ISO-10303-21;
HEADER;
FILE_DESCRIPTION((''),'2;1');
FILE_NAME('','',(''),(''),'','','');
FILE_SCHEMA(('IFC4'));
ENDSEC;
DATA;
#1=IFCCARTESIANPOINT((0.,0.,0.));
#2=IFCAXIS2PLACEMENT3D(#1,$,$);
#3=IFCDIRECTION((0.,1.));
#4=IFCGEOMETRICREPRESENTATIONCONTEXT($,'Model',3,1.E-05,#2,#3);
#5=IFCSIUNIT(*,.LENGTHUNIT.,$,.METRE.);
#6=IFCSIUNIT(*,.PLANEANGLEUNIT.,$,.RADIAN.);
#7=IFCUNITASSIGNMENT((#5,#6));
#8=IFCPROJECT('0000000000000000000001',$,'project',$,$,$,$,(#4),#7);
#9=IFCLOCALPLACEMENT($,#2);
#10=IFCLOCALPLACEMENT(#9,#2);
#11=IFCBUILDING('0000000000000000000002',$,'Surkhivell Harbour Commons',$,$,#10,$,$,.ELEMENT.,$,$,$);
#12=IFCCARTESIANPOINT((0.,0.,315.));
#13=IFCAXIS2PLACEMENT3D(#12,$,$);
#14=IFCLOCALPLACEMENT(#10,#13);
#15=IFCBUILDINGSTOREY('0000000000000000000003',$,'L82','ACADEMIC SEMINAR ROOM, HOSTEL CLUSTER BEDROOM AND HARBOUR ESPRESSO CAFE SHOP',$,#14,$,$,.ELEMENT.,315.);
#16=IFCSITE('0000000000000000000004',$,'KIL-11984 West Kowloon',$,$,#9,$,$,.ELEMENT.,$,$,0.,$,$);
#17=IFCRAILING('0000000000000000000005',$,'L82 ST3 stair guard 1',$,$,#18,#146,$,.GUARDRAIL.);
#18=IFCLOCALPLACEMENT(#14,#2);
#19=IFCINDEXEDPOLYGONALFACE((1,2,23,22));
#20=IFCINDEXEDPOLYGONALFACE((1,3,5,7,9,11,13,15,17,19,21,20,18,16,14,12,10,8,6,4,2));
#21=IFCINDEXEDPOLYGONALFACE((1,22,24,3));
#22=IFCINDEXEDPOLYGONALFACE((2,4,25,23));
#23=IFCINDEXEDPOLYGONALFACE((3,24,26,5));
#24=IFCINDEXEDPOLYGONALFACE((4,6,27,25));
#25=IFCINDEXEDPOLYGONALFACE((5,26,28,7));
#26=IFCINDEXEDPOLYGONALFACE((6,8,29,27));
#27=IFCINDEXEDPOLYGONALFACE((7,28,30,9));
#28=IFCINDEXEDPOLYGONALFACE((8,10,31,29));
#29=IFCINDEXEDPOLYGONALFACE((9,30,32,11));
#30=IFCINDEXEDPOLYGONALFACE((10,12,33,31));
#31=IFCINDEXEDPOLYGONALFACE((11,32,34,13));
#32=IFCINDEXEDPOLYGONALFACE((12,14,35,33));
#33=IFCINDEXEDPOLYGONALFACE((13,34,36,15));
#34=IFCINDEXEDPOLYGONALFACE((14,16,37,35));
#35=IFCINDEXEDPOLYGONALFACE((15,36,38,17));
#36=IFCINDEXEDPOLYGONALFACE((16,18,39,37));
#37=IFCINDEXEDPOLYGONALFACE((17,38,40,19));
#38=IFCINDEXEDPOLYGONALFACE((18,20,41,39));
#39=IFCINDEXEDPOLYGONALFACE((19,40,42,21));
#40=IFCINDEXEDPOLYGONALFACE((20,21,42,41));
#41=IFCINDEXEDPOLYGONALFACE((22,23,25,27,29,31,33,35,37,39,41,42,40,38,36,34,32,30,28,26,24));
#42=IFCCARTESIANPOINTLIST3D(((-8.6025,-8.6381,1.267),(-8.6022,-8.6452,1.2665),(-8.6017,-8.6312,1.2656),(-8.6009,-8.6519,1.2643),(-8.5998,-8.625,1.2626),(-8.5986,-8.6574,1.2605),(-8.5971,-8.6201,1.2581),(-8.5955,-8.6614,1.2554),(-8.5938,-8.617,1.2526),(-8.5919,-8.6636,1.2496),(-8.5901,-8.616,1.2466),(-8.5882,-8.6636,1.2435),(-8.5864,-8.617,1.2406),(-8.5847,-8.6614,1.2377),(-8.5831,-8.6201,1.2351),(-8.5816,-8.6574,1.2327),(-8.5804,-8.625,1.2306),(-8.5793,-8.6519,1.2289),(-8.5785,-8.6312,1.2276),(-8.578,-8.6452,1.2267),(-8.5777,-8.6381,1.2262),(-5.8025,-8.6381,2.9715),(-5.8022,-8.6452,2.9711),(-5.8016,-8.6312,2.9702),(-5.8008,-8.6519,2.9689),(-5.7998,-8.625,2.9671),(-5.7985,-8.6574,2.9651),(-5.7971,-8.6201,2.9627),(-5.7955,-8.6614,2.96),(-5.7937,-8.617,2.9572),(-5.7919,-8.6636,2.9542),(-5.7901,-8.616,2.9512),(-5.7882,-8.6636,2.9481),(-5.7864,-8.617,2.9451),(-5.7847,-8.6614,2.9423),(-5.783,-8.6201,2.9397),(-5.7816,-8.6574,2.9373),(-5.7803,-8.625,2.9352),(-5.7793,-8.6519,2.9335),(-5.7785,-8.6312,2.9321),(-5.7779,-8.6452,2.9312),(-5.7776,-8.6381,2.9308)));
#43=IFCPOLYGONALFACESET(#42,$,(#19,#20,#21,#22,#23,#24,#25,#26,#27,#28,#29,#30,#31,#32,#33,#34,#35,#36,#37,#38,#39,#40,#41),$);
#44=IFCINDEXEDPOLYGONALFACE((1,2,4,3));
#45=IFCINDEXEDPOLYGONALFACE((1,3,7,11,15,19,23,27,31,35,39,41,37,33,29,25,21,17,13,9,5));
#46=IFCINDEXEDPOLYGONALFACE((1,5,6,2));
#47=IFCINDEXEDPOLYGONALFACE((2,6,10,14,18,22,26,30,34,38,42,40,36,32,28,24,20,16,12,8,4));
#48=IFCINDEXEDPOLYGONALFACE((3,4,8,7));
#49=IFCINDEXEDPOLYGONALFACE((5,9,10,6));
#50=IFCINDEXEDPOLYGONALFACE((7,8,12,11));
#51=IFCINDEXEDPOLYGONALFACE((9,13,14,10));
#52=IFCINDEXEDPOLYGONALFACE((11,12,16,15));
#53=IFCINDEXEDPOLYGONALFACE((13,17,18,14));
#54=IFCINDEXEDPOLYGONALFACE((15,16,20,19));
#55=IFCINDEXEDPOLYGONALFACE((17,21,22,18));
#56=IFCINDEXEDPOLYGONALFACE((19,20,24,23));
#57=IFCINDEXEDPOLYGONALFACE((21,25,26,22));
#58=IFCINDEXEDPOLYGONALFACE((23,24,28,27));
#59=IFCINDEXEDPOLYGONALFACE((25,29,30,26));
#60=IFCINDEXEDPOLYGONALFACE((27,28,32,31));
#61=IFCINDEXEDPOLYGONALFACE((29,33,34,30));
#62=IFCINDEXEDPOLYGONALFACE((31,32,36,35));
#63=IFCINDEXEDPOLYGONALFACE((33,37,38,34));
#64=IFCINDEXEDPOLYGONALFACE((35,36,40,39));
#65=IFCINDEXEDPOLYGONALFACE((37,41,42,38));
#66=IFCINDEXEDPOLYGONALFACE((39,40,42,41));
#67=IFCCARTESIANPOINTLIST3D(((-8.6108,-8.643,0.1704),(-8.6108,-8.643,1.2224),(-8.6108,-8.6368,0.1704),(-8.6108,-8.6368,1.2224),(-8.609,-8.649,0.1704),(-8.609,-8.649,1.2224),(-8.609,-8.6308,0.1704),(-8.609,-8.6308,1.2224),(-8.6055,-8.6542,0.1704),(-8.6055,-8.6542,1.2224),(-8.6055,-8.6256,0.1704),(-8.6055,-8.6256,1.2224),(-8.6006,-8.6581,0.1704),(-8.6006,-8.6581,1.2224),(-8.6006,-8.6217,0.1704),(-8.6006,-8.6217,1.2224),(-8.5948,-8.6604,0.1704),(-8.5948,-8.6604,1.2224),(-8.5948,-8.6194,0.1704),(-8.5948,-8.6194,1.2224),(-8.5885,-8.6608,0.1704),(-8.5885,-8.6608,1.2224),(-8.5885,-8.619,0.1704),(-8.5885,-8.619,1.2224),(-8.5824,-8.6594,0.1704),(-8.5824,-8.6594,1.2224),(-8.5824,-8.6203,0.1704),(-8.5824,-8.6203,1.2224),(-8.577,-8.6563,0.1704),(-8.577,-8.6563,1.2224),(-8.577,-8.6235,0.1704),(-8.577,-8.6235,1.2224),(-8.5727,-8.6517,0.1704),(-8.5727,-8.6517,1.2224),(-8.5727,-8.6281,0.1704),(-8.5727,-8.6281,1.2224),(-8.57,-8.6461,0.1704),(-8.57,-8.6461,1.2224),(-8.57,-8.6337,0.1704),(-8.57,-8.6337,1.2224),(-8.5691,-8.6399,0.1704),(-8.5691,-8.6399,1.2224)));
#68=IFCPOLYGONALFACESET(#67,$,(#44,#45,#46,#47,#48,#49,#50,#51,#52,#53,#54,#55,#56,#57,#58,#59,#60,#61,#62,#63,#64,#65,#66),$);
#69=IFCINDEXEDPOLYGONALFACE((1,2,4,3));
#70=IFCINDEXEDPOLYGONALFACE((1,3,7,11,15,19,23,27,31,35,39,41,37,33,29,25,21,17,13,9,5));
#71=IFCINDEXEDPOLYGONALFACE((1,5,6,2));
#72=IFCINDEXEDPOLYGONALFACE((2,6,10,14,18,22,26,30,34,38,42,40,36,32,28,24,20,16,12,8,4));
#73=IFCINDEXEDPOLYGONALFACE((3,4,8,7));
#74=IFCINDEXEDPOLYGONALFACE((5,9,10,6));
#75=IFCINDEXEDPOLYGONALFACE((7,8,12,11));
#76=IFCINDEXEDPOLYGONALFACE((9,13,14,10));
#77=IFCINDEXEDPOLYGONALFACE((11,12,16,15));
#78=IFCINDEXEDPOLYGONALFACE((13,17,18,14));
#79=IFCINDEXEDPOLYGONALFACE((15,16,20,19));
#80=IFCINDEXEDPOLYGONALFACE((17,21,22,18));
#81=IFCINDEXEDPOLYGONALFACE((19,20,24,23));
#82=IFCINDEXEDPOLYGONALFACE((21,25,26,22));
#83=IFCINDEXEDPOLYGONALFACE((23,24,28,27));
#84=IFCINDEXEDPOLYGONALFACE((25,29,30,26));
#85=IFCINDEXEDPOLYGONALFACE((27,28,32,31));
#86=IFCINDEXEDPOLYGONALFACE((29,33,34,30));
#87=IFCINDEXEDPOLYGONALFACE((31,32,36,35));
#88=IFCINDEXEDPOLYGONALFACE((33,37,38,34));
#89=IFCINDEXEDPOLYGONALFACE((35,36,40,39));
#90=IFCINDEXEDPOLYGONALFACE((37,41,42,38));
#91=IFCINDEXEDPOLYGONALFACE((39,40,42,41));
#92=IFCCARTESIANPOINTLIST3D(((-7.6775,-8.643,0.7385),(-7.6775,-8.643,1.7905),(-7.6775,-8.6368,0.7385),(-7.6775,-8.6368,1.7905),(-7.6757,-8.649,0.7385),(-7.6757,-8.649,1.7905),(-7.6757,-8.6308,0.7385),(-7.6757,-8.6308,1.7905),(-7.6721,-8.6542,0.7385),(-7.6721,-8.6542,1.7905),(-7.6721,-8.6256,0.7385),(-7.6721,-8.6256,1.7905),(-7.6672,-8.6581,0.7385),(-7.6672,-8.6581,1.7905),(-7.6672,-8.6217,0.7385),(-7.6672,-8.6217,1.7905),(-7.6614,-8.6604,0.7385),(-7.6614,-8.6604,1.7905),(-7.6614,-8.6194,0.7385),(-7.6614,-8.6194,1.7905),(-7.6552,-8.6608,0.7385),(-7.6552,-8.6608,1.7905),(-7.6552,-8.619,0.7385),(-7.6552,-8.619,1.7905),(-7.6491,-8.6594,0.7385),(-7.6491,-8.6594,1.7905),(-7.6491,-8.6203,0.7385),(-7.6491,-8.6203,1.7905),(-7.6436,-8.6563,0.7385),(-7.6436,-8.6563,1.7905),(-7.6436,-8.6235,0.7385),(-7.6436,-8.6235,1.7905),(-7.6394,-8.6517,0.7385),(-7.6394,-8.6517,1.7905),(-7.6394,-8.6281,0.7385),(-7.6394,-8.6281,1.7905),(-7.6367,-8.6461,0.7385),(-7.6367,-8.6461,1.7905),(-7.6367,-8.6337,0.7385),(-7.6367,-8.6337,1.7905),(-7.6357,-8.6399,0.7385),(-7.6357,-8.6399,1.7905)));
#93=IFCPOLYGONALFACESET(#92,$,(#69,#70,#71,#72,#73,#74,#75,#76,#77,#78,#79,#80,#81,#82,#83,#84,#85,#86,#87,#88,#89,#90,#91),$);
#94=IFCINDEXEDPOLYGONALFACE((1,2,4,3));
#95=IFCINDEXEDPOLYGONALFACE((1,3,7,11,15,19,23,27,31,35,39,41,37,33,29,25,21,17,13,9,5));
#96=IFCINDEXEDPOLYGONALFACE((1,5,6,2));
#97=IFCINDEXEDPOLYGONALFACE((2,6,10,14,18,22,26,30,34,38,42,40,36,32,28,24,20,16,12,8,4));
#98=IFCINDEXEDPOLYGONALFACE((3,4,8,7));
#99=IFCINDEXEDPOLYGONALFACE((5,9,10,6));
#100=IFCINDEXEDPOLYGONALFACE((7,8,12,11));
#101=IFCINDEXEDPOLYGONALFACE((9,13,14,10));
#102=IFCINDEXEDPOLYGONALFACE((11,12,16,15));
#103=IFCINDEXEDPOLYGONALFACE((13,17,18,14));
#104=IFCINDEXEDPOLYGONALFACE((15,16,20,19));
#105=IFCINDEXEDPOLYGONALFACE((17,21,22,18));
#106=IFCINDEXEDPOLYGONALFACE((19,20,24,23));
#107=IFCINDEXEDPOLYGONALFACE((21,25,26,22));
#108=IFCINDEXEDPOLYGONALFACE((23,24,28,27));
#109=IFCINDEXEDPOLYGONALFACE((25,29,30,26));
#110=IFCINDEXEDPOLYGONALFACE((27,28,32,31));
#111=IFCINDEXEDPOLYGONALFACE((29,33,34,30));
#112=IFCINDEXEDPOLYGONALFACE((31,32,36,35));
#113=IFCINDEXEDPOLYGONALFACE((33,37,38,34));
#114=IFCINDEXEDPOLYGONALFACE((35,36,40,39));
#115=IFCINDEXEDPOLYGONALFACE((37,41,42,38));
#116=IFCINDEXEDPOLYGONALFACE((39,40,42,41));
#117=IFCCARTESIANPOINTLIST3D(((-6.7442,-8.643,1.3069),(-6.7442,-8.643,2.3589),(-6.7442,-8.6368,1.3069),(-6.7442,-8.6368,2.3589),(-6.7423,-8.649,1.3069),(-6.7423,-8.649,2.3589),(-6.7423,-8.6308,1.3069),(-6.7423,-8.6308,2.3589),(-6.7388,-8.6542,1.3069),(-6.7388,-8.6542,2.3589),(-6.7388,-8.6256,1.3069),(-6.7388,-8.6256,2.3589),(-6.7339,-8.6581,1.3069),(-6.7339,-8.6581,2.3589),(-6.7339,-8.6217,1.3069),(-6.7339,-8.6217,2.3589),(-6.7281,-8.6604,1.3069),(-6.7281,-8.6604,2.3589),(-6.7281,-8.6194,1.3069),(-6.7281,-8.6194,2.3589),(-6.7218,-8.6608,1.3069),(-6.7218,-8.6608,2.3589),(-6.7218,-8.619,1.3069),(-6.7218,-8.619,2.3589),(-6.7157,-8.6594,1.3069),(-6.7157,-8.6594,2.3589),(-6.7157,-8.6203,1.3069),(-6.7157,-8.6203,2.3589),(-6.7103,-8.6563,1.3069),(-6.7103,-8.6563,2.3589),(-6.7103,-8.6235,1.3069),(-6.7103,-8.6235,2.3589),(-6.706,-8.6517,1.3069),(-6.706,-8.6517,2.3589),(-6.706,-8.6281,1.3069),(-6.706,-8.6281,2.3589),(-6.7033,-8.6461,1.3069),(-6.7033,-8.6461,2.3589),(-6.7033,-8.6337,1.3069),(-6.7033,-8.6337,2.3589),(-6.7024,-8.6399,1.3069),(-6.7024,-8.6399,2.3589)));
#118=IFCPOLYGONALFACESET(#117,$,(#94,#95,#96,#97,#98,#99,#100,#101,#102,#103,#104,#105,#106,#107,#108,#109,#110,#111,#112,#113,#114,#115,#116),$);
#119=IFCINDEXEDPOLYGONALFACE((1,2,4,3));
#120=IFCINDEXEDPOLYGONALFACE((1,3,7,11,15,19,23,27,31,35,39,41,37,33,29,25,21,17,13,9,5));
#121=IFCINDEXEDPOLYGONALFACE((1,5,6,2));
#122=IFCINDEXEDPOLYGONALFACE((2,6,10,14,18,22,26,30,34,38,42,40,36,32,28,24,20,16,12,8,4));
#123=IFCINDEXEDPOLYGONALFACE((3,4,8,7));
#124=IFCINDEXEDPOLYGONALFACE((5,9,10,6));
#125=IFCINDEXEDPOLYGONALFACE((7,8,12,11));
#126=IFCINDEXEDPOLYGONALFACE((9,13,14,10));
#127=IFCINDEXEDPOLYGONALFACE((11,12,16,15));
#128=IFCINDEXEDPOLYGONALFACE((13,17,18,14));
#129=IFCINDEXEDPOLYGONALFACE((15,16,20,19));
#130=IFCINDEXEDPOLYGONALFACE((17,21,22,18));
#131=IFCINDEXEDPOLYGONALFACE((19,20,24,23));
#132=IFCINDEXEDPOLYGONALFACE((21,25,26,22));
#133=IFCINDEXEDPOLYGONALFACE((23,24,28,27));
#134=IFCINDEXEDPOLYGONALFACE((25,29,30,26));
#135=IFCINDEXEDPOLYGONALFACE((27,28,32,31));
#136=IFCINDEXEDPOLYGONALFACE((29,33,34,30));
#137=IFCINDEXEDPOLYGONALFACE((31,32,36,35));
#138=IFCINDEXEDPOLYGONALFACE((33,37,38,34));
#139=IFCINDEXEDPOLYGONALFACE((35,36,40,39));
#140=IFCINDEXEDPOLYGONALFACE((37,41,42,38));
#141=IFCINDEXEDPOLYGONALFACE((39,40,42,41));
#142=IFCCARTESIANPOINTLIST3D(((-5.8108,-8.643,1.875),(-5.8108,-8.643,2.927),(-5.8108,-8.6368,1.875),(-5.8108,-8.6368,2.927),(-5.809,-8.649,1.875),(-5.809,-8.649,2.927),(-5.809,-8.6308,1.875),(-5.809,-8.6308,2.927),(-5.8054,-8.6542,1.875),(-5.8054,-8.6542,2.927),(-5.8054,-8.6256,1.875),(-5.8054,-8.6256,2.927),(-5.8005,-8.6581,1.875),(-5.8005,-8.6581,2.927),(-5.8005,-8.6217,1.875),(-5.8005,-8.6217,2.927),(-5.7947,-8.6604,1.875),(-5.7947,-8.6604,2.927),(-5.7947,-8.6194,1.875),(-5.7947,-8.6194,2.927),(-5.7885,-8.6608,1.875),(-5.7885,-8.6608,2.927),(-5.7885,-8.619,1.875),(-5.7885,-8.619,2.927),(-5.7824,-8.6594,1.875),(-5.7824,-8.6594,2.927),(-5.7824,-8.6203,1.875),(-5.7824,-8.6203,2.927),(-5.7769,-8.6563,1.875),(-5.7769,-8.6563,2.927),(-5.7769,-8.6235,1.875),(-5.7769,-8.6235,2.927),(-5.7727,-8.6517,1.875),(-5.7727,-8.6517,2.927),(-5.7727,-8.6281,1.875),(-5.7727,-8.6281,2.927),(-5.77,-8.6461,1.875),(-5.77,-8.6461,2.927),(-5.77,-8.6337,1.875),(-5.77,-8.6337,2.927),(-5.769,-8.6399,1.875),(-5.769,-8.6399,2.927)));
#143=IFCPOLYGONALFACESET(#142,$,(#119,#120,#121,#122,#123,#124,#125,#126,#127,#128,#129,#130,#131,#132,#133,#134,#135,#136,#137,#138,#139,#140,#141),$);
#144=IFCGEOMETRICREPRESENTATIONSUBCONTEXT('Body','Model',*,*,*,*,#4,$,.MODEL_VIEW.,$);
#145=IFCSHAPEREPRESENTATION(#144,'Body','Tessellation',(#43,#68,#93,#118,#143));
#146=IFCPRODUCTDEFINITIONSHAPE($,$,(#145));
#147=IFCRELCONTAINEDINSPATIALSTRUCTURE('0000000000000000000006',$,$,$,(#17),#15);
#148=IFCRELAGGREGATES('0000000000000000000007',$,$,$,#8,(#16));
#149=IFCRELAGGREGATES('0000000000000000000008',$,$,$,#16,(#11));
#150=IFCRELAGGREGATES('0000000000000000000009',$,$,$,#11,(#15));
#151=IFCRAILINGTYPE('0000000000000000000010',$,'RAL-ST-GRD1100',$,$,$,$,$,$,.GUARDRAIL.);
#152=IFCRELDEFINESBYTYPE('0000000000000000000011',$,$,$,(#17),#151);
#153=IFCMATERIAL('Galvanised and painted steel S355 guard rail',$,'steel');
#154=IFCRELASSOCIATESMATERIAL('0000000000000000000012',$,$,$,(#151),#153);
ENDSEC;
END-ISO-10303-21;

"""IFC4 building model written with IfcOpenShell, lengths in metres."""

from ifc_helpers import new_model, si_unit, direction, frame, origin, origin_2d, place, context, subcontext, project, spatial, circle, extrude, material, type_object, element, save


model = new_model("IFC4")

# Units and contexts
model_context = context("Model", 3, precision=1e-05, world=origin(), true_north=direction((0.0, 1.0)))
body_context = subcontext(model_context, "Body", "Model", "MODEL_VIEW")
ifc_project = project(units=[si_unit("LENGTHUNIT", "METRE"), si_unit("PLANEANGLEUNIT", "RADIAN")], contexts=[model_context])

# Site, building, storey
site_placement = place(None, origin())
site = spatial("IfcSite", under=ifc_project, at=site_placement, Name="KIL-11984 West Kowloon", CompositionType="ELEMENT", RefElevation=0.0)
building_placement = place(site_placement, origin())
building = spatial("IfcBuilding", under=site, at=building_placement, Name="Surkhivell Harbour Commons", CompositionType="ELEMENT")
storey_placement = place(building_placement, frame((0.0, 0.0, 315.0)))
storey = spatial("IfcBuildingStorey", under=building, at=storey_placement, Name="L82", Description="ACADEMIC SEMINAR ROOM, HOSTEL CLUSTER BEDROOM AND HARBOUR ESPRESSO CAFE SHOP", CompositionType="ELEMENT", Elevation=315.0)

# Railing
ifc_material_1 = material(Name="Galvanised and painted steel S355 guard rail", Category="steel")
railing_type_1 = type_object("IfcRailingType", Name="RAL-ST-GRD1100", PredefinedType="GUARDRAIL", material=ifc_material_1)
railing_1_placement = place(storey_placement, frame((-8.5901, -8.6399, 0.1704)))
element("IfcRailing", 1, at=railing_1_placement, inside=storey, type_object=railing_type_1, Name="L82 ST3 stair guard 1", PredefinedType="GUARDRAIL", context=body_context, shape_type="SweptSolid", body=[
    extrude(circle(Radius=0.0239, at=origin_2d()), frame((0.0, 0.0, 1.0762), z_axis=(0.85417, 0.0, 0.519994), x_axis=(0.0, 1.0, 0.0)), (0.0, 0.0, 1.0), 3.2781),
    extrude(circle(Radius=0.021, at=origin_2d()), origin(), (0.0, 0.0, 1.0), 1.052),
    extrude(circle(Radius=0.021, at=origin_2d()), frame((0.9333, 0.0, 0.5681)), (0.0, 0.0, 1.0), 1.052),
    extrude(circle(Radius=0.021, at=origin_2d()), frame((1.8667, 0.0, 1.1365)), (0.0, 0.0, 1.0), 1.052),
    extrude(circle(Radius=0.021, at=origin_2d()), frame((2.8, 0.0, 1.7046)), (0.0, 0.0, 1.0), 1.052),
])

save(model, "model.ifc")
